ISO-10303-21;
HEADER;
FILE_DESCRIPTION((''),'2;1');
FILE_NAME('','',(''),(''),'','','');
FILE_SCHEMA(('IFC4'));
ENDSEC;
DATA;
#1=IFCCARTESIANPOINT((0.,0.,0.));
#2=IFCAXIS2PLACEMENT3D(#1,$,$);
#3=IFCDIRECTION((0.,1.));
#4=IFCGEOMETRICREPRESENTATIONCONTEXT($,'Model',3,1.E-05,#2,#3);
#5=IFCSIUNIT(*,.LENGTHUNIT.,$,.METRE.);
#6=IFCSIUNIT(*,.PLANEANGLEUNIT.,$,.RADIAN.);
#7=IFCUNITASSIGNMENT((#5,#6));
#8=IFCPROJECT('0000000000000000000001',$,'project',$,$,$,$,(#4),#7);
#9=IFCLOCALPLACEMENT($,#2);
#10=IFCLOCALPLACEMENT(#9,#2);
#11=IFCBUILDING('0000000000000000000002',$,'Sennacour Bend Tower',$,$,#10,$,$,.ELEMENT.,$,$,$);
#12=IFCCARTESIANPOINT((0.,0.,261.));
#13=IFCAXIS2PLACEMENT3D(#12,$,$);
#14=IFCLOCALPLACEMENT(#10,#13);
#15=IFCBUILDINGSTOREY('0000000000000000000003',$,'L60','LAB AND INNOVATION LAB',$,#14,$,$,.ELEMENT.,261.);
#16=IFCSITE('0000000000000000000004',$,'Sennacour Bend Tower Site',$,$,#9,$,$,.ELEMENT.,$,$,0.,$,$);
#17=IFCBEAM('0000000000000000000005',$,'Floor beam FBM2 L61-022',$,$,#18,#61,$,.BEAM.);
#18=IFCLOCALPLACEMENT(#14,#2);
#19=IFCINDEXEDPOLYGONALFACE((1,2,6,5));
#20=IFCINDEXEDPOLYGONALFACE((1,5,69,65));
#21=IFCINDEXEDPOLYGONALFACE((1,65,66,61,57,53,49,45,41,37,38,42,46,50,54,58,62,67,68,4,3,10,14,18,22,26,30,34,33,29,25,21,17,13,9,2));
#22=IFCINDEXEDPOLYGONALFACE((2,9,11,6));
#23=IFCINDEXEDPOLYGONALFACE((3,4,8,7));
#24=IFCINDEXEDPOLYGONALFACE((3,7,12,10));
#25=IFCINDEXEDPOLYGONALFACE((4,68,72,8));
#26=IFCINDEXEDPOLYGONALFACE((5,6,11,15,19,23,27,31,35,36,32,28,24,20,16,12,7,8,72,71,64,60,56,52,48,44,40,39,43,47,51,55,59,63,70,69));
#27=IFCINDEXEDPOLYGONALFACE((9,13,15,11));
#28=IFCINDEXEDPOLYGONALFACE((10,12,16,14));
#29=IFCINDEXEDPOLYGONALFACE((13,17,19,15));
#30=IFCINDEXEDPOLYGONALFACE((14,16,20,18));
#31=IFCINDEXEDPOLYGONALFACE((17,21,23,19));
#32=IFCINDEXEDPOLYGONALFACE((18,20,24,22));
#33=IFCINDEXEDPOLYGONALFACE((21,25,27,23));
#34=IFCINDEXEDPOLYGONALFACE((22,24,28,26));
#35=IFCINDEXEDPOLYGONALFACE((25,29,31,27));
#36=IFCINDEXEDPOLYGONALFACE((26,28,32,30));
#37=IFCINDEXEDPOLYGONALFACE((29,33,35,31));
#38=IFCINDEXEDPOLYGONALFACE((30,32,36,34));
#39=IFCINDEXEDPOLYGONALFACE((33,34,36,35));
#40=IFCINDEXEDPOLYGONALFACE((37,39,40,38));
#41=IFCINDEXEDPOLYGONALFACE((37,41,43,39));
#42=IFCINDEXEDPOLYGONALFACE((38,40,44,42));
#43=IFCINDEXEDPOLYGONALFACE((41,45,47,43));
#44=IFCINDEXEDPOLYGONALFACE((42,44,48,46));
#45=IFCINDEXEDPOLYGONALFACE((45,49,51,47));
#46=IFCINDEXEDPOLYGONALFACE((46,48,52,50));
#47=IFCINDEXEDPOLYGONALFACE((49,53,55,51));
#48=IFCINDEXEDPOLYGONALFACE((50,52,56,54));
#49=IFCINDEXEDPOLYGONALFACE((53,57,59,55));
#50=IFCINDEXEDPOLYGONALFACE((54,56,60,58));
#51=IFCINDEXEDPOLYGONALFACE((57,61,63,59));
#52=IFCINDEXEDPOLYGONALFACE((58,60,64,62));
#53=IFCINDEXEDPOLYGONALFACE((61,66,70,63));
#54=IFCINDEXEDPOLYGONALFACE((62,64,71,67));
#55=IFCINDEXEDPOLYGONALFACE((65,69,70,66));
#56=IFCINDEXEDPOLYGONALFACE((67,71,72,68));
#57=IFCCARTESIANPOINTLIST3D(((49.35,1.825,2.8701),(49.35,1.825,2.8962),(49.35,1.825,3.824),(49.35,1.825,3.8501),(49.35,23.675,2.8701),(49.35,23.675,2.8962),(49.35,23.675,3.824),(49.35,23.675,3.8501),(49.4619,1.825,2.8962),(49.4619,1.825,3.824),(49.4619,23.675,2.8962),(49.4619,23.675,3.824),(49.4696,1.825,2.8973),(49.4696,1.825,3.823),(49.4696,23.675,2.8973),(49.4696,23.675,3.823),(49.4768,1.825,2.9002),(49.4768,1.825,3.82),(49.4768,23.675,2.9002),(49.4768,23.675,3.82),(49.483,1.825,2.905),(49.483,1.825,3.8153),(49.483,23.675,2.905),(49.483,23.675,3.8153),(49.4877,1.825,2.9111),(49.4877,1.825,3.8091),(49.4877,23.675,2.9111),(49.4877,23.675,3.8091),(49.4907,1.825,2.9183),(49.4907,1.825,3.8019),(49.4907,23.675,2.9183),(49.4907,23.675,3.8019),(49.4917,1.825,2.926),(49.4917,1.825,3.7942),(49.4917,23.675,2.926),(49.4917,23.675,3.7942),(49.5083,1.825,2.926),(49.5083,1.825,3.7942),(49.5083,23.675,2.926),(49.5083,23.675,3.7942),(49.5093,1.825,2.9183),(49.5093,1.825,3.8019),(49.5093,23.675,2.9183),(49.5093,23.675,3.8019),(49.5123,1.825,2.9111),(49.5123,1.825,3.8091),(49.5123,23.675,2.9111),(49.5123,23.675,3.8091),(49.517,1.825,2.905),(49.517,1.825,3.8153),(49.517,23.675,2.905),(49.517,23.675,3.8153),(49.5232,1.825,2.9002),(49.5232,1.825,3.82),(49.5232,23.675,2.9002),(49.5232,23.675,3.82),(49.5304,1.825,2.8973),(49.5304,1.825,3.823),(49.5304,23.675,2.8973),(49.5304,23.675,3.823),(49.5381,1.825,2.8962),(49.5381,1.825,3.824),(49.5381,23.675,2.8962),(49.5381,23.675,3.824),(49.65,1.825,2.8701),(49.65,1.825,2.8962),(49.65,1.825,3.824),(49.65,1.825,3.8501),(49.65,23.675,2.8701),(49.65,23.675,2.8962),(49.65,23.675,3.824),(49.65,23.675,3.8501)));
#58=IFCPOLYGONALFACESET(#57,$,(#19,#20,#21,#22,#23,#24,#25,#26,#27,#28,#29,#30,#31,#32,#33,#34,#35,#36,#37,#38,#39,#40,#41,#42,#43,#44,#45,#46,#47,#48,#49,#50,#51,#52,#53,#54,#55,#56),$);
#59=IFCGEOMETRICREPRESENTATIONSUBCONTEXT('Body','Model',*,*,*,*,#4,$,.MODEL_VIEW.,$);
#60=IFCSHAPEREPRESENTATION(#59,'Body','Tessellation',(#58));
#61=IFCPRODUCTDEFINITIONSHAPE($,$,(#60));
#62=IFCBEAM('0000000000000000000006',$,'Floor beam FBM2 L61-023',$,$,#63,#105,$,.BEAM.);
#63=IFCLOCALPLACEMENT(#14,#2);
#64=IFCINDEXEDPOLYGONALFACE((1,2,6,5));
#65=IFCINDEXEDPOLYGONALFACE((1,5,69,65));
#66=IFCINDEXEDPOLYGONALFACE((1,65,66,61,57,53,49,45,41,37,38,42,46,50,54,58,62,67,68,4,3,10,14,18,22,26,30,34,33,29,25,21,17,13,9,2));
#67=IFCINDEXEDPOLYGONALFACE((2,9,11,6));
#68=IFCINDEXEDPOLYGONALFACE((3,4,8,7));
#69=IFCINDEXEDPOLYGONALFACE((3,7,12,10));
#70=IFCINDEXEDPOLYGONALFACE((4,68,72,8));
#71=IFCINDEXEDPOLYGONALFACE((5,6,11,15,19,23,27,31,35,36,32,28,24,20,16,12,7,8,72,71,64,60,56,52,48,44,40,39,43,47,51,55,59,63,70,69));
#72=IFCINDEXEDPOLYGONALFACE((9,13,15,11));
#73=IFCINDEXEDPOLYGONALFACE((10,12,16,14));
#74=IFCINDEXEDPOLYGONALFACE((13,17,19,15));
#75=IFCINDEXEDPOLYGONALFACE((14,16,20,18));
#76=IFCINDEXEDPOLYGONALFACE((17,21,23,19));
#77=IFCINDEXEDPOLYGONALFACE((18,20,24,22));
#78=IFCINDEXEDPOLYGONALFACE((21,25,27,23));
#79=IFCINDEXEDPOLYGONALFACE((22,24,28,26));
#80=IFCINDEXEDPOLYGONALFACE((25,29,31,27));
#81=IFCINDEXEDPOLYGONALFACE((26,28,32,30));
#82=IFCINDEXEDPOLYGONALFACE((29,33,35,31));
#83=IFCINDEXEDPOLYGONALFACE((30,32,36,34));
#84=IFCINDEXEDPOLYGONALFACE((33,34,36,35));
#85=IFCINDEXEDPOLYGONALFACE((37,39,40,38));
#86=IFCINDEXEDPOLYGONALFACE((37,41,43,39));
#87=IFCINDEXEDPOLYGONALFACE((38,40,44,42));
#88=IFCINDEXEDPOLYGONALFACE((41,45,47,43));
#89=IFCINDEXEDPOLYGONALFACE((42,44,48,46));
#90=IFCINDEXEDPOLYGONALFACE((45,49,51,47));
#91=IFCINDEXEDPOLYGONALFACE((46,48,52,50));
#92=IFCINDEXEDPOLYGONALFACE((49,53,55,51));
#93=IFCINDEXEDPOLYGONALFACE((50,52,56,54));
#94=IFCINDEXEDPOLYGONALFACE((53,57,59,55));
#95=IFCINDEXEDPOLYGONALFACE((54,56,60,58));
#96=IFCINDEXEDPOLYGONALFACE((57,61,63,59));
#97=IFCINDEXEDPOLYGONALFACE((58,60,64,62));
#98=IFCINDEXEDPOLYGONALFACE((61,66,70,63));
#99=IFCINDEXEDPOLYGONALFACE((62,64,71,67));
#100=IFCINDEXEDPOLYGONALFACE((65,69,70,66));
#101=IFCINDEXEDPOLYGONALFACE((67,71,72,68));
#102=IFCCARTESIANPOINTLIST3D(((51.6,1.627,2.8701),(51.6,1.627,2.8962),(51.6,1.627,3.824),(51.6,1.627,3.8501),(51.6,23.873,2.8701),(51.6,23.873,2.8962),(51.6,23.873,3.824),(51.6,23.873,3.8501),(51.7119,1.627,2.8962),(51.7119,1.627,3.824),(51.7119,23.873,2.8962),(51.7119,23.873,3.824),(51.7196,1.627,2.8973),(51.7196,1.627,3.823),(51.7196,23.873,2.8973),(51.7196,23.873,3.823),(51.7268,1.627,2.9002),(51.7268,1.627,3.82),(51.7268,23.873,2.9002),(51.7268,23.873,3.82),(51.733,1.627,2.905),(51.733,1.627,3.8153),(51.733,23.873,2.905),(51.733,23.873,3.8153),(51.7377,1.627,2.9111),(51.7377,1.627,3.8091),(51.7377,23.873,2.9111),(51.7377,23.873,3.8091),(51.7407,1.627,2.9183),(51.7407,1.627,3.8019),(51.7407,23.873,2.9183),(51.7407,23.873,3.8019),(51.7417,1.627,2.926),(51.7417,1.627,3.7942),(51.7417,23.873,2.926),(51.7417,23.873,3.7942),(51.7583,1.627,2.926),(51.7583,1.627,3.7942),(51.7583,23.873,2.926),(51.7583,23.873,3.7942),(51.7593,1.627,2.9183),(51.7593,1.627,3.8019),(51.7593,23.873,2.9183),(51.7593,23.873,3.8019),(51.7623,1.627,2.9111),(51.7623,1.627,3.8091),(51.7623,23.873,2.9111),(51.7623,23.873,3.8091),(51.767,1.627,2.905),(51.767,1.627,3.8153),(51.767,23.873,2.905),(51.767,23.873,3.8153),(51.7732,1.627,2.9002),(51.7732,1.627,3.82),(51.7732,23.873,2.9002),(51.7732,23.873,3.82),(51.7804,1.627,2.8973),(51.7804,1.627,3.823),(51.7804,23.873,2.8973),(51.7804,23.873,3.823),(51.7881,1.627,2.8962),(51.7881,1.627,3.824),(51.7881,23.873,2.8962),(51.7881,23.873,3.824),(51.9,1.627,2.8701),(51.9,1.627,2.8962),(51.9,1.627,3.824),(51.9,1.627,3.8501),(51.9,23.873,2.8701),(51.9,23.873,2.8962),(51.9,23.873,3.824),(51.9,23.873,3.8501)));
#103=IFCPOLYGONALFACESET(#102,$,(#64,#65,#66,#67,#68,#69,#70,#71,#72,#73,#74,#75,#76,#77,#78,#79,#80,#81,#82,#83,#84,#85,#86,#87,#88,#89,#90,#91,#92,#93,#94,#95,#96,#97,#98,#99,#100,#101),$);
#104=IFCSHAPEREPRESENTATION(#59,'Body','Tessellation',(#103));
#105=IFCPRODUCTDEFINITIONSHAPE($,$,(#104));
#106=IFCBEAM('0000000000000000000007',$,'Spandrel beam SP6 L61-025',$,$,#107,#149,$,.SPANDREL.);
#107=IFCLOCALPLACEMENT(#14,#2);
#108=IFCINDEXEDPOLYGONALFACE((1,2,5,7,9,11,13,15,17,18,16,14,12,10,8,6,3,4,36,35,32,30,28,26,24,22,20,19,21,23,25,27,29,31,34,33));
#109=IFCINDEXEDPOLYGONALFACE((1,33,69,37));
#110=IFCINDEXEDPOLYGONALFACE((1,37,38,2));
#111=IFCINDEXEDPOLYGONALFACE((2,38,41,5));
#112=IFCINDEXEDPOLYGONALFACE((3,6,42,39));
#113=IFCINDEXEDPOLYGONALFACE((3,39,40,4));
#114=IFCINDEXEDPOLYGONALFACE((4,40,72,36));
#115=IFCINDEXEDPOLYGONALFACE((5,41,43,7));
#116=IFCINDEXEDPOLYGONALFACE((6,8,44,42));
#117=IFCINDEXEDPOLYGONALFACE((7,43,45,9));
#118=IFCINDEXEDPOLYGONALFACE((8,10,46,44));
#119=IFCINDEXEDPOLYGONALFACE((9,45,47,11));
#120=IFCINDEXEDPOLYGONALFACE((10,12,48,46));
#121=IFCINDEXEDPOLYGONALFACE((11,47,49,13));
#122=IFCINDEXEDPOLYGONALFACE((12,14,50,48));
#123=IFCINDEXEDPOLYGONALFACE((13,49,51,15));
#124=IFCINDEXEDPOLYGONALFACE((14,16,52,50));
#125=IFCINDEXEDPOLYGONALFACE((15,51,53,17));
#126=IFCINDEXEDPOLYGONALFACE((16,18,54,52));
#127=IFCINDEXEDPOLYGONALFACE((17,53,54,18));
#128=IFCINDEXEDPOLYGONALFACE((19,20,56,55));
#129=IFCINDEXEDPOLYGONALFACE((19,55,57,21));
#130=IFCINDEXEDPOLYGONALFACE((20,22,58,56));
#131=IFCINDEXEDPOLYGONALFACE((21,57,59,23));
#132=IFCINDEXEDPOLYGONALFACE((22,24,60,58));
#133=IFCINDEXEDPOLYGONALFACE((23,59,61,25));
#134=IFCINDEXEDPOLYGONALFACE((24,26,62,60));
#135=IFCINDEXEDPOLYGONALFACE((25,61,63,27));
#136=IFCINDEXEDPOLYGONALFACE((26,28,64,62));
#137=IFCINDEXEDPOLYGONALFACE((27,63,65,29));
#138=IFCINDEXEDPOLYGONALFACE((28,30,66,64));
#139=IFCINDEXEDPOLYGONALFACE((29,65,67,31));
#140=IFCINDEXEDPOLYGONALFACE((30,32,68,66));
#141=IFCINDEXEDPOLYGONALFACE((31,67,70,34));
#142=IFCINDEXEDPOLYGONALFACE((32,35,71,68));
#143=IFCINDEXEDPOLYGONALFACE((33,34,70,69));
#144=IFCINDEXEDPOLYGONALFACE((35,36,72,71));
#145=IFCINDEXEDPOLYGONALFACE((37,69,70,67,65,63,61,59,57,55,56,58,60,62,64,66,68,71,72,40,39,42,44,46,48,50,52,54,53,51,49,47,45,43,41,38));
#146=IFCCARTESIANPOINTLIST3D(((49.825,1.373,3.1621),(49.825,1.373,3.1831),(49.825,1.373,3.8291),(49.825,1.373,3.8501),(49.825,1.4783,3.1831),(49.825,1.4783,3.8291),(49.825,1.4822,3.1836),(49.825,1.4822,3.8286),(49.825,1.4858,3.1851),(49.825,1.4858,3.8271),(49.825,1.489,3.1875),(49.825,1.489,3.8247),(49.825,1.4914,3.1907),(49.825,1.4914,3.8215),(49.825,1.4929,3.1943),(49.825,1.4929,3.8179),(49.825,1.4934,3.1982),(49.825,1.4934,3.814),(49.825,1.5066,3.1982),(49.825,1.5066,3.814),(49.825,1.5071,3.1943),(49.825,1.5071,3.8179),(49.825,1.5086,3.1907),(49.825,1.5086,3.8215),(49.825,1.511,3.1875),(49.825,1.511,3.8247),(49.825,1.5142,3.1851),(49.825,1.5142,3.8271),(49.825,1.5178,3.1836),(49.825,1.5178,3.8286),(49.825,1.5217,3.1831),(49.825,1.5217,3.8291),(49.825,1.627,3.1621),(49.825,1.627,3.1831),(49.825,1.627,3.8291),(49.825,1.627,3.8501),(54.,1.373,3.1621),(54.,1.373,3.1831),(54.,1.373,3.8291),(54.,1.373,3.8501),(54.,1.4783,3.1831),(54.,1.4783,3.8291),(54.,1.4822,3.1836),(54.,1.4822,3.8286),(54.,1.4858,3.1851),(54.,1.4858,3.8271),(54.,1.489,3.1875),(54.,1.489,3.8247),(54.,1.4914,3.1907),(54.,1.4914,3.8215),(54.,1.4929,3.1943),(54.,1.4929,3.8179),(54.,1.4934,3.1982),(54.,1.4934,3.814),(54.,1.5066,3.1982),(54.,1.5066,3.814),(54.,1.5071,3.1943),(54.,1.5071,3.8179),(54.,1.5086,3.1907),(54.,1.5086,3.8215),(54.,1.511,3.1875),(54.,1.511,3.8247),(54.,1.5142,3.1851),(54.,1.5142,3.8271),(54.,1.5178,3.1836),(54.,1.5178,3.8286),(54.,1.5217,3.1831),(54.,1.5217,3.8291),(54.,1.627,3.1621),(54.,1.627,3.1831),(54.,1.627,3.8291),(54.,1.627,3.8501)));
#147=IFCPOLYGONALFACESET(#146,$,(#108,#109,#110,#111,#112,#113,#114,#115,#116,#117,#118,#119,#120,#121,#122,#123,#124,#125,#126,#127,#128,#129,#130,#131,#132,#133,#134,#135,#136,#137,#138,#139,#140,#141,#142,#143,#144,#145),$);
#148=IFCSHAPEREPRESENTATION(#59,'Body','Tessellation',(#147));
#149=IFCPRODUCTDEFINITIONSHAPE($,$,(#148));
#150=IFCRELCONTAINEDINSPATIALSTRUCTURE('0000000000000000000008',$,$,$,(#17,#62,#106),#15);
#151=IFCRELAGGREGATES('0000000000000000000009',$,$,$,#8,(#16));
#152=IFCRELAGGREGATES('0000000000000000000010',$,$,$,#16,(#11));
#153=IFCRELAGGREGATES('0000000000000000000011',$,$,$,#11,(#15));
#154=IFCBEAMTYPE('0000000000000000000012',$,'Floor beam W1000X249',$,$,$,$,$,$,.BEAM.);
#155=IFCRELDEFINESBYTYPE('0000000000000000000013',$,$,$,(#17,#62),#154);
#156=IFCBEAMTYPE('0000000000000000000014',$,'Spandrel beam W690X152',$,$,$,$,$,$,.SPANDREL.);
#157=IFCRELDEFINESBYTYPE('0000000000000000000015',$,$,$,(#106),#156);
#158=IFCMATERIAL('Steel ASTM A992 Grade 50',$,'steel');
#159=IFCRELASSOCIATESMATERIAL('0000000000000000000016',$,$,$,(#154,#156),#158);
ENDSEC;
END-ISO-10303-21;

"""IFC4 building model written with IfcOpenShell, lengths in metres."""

from ifc_helpers import new_model, si_unit, direction, frame, origin, origin_2d, place, context, subcontext, project, spatial, i_section, extrude, material, material_profile, profile_set, type_object, element, save


model = new_model("IFC4")

# Units and contexts
model_context = context("Model", 3, precision=1e-05, world=origin(), true_north=direction((0.0, 1.0)))
body_context = subcontext(model_context, "Body", "Model", "MODEL_VIEW")
ifc_project = project(units=[si_unit("LENGTHUNIT", "METRE"), si_unit("PLANEANGLEUNIT", "RADIAN")], contexts=[model_context])

# Site, building, storey
site_placement = place(None, origin())
site = spatial("IfcSite", under=ifc_project, at=site_placement, Name="Sennacour Bend Tower Site", CompositionType="ELEMENT", RefElevation=0.0)
building_placement = place(site_placement, origin())
building = spatial("IfcBuilding", under=site, at=building_placement, Name="Sennacour Bend Tower", CompositionType="ELEMENT")
storey_placement = place(building_placement, frame((0.0, 0.0, 261.0)))
storey = spatial("IfcBuildingStorey", under=building, at=storey_placement, Name="L60", Description="LAB AND INNOVATION LAB", CompositionType="ELEMENT", Elevation=261.0)

# Beams
ifc_material_1 = material(Name="Steel ASTM A992 Grade 50", Category="steel")
ifc_material_profile_1 = material_profile(ifc_material_1, i_section(OverallWidth=0.3, OverallDepth=0.98, WebThickness=0.0166, FlangeThickness=0.0261, FilletRadius=0.0298, at=origin_2d()), Name="Steel ASTM A992 Grade 50", Category="steel")
ifc_profile_set_1 = profile_set([ifc_material_profile_1], Name="Steel ASTM A992 Grade 50")
beam_type_1 = type_object("IfcBeamType", Name="Floor beam W1000X249", PredefinedType="BEAM", material=ifc_profile_set_1)
beam_1_placement = place(storey_placement, frame((49.5, 1.825, 3.3601), z_axis=(0.0, 1.0, 0.0), x_axis=(-1.0, 0.0, 0.0)))
element("IfcBeam", 1, at=beam_1_placement, inside=storey, type_object=beam_type_1, Name="Floor beam FBM2 L61-022", PredefinedType="BEAM", context=body_context, shape_type="SweptSolid", body=[
    extrude(i_section(OverallWidth=0.3, OverallDepth=0.98, WebThickness=0.0166, FlangeThickness=0.0261, FilletRadius=0.0298, at=origin_2d()), origin(), (0.0, 0.0, 1.0), 21.8501),
])
beam_2_placement = place(storey_placement, frame((51.75, 1.627, 3.3601), z_axis=(0.0, 1.0, 0.0), x_axis=(-1.0, 0.0, 0.0)))
element("IfcBeam", 2, at=beam_2_placement, inside=storey, type_object=beam_type_1, Name="Floor beam FBM2 L61-023", PredefinedType="BEAM", context=body_context, shape_type="SweptSolid", body=[
    extrude(i_section(OverallWidth=0.3, OverallDepth=0.98, WebThickness=0.0166, FlangeThickness=0.0261, FilletRadius=0.0298, at=origin_2d()), origin(), (0.0, 0.0, 1.0), 22.2461),
])
ifc_material_profile_2 = material_profile(ifc_material_1, i_section(OverallWidth=0.2539, OverallDepth=0.688, WebThickness=0.0132, FlangeThickness=0.021, FilletRadius=0.0151, at=origin_2d()), Name="Steel ASTM A992 Grade 50", Category="steel")
ifc_profile_set_2 = profile_set([ifc_material_profile_2], Name="Steel ASTM A992 Grade 50")
beam_type_2 = type_object("IfcBeamType", Name="Spandrel beam W690X152", PredefinedType="SPANDREL", material=ifc_profile_set_2)
beam_3_placement = place(storey_placement, frame((54.0, 1.5, 3.5061), z_axis=(-1.0, 0.0, 0.0), x_axis=(0.0, -1.0, 0.0)))
element("IfcBeam", 3, at=beam_3_placement, inside=storey, type_object=beam_type_2, Name="Spandrel beam SP6 L61-025", PredefinedType="SPANDREL", context=body_context, shape_type="SweptSolid", body=[
    extrude(i_section(OverallWidth=0.2539, OverallDepth=0.688, WebThickness=0.0132, FlangeThickness=0.021, FilletRadius=0.0151, at=origin_2d()), origin(), (0.0, 0.0, 1.0), 4.175),
])

save(model, "model.ifc")
